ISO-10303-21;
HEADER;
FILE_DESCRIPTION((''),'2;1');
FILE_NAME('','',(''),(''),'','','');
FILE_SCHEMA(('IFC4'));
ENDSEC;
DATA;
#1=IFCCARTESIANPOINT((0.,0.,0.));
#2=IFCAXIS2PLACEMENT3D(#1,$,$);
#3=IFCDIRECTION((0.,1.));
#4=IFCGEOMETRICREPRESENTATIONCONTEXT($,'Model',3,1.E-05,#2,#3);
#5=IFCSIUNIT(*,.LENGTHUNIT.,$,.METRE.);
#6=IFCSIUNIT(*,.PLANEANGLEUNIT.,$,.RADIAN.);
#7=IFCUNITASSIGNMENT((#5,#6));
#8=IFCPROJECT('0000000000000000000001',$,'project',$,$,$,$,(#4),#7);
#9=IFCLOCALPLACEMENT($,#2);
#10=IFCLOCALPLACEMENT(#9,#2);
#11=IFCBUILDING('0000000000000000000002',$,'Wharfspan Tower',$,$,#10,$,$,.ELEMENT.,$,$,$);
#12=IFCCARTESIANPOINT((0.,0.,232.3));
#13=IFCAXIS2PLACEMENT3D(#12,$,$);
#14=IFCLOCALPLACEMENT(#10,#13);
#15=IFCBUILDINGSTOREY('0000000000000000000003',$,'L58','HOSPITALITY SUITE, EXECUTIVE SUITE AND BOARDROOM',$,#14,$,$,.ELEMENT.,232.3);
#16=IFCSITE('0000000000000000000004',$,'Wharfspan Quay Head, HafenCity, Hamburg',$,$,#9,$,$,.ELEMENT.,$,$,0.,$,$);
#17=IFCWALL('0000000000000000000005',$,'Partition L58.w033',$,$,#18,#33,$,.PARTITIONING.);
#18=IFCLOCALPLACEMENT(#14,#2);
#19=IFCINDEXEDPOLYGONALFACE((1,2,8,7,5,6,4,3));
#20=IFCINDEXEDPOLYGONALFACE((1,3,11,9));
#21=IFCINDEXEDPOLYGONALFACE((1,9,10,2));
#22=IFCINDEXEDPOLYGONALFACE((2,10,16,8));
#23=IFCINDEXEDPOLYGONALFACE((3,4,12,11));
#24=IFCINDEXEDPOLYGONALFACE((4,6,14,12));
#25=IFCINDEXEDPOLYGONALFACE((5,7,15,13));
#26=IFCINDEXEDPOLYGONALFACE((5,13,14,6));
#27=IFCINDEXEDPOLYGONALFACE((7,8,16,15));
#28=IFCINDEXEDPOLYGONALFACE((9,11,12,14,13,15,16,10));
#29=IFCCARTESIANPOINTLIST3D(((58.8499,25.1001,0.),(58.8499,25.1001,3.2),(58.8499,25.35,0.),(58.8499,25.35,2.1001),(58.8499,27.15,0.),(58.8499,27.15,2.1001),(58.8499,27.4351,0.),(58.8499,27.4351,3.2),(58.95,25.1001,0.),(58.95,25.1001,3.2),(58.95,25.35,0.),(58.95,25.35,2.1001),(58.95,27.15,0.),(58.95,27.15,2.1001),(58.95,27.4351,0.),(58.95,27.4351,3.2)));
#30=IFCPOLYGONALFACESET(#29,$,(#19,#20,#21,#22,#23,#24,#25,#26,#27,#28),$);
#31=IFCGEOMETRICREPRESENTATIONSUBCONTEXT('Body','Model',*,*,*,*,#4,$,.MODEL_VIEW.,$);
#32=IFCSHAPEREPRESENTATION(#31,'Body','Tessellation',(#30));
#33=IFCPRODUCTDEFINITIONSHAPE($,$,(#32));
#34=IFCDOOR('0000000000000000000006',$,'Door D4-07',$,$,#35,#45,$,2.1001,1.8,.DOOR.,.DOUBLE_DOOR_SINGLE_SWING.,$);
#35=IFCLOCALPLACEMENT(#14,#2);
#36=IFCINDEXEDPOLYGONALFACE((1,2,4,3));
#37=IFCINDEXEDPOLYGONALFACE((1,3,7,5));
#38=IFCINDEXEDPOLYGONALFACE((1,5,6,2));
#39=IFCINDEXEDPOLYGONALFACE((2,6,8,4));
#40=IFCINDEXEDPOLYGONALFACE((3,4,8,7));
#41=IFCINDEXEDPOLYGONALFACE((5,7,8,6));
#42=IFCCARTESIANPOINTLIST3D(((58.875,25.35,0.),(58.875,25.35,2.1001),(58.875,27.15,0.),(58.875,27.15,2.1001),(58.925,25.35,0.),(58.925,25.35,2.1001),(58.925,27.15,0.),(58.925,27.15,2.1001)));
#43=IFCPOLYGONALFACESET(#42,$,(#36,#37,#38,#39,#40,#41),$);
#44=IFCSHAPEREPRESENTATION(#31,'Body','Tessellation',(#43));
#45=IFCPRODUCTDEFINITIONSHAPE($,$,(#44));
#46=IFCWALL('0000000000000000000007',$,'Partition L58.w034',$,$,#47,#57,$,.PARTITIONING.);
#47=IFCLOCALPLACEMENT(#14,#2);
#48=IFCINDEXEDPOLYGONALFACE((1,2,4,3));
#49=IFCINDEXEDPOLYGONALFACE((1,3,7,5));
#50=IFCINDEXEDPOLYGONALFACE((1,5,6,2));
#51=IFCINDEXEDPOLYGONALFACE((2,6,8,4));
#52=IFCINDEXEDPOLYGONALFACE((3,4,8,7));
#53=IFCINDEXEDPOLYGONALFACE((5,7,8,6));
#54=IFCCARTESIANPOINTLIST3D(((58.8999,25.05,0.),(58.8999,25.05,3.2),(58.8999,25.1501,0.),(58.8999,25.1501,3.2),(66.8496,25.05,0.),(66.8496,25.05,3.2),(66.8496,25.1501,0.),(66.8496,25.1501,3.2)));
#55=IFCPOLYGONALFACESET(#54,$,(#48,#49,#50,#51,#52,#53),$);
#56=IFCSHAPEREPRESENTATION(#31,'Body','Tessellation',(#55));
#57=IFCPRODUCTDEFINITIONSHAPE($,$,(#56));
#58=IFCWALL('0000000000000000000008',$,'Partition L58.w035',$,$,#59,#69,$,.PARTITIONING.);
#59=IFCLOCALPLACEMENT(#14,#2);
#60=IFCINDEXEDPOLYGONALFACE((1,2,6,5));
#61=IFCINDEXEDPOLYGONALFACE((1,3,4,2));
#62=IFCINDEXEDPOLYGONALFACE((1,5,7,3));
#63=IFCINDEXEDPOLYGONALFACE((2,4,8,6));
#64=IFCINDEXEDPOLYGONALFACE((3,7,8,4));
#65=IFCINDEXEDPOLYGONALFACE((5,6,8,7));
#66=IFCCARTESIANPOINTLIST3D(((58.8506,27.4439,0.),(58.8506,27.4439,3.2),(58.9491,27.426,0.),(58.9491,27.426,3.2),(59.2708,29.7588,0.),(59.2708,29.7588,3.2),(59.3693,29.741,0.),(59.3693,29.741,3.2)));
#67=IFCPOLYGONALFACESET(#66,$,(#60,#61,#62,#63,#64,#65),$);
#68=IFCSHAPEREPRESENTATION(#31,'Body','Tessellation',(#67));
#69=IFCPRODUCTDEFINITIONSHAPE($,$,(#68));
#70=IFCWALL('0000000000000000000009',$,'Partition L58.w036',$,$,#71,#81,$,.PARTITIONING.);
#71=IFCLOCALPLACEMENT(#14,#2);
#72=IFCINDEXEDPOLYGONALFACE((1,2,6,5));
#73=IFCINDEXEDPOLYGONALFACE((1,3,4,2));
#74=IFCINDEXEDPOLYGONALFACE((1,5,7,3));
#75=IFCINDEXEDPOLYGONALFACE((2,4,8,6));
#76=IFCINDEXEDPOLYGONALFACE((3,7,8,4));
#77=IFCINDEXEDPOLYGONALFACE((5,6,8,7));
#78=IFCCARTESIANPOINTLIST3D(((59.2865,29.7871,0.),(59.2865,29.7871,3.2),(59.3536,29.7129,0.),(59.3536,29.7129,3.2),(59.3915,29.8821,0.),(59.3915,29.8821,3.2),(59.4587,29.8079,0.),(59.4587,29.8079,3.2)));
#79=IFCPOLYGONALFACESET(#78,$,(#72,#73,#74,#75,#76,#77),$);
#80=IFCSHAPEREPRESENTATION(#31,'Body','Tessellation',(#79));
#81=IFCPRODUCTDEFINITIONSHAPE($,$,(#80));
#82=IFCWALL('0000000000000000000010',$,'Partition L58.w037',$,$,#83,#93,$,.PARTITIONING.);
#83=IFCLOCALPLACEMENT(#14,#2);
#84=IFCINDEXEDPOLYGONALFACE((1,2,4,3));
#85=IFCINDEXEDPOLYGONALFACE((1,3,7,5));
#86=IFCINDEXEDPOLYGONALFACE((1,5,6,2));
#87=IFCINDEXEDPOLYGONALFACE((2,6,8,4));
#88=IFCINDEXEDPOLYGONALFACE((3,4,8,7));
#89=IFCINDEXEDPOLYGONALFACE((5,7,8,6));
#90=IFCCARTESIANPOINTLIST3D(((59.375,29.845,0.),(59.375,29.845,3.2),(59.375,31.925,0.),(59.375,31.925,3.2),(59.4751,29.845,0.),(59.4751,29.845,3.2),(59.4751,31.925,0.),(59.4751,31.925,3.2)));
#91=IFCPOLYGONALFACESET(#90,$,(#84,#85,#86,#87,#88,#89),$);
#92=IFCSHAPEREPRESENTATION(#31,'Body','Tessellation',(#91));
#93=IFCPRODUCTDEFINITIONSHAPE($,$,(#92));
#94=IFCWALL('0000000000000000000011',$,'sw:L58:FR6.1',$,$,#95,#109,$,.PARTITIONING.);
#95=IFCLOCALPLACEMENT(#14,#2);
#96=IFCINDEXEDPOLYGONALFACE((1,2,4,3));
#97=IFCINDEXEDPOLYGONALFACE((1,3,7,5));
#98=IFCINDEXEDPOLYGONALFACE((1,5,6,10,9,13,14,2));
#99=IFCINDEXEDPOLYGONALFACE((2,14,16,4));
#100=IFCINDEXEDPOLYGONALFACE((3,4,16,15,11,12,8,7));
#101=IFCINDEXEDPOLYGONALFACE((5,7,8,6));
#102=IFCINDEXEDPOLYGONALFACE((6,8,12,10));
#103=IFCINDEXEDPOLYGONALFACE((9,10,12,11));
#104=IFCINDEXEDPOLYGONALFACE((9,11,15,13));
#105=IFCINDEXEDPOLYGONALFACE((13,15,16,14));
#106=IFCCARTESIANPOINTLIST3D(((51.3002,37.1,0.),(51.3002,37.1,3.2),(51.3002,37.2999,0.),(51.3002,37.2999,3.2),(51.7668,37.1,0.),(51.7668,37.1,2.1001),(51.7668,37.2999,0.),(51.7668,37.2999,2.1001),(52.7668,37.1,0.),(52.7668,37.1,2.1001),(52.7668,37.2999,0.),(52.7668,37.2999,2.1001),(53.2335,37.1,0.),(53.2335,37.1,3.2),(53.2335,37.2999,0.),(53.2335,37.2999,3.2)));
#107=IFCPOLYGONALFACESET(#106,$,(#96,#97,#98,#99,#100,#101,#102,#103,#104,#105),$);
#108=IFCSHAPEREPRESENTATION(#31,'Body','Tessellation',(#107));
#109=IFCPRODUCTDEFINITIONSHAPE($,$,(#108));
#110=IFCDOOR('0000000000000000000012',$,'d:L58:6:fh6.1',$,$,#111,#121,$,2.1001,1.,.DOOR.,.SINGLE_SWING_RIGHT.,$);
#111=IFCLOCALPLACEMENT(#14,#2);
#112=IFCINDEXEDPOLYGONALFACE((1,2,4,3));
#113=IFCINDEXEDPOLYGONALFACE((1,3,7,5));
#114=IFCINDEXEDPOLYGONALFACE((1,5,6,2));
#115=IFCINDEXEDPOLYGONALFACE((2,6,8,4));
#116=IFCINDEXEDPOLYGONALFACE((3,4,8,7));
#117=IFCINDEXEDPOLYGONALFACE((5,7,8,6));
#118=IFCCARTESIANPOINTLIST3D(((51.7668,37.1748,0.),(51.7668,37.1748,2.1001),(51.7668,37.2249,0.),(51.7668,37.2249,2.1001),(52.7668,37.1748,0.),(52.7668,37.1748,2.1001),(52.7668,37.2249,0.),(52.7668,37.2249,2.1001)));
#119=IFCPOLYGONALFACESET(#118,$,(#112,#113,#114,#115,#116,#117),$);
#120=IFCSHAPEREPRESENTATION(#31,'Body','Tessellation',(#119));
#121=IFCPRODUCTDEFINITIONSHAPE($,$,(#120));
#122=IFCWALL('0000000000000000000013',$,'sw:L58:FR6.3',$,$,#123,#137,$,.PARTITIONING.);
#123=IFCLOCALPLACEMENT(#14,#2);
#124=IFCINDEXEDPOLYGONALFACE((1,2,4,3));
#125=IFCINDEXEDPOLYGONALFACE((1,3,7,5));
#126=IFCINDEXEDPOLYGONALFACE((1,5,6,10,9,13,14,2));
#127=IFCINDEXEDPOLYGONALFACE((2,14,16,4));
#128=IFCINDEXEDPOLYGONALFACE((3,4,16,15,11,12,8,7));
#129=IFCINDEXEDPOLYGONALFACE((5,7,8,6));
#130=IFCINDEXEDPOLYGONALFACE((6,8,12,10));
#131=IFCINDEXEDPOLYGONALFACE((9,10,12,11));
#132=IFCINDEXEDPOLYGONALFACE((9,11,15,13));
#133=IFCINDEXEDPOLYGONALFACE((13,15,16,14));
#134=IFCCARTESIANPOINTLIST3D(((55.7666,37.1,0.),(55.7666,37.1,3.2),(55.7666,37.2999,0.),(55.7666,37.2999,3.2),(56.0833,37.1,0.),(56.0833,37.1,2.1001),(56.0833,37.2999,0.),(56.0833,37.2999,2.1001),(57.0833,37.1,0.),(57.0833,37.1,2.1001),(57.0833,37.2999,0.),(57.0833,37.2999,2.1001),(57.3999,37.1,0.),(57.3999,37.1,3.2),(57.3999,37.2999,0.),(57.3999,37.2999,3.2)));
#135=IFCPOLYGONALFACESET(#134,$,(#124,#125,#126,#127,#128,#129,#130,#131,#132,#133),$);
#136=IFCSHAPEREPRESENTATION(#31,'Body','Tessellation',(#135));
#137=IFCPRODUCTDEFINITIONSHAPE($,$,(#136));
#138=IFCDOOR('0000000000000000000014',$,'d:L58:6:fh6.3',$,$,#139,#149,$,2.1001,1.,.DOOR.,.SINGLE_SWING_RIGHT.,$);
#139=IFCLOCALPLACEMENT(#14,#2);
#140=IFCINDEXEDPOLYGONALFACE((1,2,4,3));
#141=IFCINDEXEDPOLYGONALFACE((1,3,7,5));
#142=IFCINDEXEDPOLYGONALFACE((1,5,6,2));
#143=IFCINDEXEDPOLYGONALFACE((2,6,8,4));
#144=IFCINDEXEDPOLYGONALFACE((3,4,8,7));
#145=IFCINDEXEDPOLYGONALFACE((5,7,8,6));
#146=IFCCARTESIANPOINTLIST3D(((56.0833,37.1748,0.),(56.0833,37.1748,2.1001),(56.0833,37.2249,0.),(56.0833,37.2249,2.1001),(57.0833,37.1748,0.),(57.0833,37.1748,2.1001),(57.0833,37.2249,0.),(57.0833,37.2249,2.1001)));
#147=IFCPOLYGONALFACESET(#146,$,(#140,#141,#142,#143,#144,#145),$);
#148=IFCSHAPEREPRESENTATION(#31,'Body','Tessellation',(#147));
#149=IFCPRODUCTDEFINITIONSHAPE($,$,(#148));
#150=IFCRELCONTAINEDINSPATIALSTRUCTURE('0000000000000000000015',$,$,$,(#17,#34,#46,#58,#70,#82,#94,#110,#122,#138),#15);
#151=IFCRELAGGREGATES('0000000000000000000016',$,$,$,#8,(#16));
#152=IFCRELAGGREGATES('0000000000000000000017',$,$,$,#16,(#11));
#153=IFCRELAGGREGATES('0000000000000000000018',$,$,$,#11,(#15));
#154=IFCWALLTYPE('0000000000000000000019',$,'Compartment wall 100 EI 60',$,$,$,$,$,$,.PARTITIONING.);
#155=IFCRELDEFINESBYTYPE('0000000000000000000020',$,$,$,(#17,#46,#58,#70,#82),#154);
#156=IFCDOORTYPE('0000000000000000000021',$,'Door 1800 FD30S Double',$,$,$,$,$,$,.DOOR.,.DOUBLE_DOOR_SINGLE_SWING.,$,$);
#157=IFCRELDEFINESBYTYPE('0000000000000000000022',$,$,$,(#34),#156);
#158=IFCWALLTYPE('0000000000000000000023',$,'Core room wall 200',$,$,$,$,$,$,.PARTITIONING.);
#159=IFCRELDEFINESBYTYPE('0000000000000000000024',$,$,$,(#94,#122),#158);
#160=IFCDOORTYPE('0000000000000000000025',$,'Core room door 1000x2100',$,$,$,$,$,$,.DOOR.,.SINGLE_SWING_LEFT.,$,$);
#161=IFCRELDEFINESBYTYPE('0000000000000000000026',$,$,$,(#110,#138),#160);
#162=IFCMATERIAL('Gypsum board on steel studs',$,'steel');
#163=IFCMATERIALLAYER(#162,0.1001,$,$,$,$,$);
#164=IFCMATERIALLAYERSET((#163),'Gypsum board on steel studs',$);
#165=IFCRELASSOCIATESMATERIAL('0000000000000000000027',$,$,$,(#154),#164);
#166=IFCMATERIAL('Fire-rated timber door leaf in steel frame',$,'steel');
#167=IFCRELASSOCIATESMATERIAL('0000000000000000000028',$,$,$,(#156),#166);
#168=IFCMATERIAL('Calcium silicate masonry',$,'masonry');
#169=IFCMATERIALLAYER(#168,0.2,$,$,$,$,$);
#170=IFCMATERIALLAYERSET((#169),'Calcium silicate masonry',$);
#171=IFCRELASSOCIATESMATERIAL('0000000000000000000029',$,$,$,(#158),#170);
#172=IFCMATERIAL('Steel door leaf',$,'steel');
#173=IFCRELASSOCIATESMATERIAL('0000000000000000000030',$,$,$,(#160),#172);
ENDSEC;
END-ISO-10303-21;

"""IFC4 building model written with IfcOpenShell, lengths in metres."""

from ifc_helpers import new_model, si_unit, direction, frame, frame_2d, origin, place, context, subcontext, project, spatial, rectangle, extrude, material, layer, layer_set, type_object, element, fill, save


model = new_model("IFC4")

# Units and contexts
model_context = context("Model", 3, precision=1e-05, world=origin(), true_north=direction((0.0, 1.0)))
body_context = subcontext(model_context, "Body", "Model", "MODEL_VIEW")
ifc_project = project(units=[si_unit("LENGTHUNIT", "METRE"), si_unit("PLANEANGLEUNIT", "RADIAN")], contexts=[model_context])

# Site, building, storey
site_placement = place(None, origin())
site = spatial("IfcSite", under=ifc_project, at=site_placement, Name="Wharfspan Quay Head, HafenCity, Hamburg", CompositionType="ELEMENT", RefElevation=0.0)
building_placement = place(site_placement, origin())
building = spatial("IfcBuilding", under=site, at=building_placement, Name="Wharfspan Tower", CompositionType="ELEMENT")
storey_placement = place(building_placement, frame((0.0, 0.0, 232.3)))
storey = spatial("IfcBuildingStorey", under=building, at=storey_placement, Name="L58", Description="HOSPITALITY SUITE, EXECUTIVE SUITE AND BOARDROOM", CompositionType="ELEMENT", Elevation=232.3)

# Shared definitions
ifc_material_1 = material(Name="Gypsum board on steel studs", Category="steel")
ifc_layer_1 = layer(ifc_material_1, 0.1001)
ifc_layer_set_1 = layer_set([ifc_layer_1], Name="Gypsum board on steel studs")
wall_type_1 = type_object("IfcWallType", Name="Compartment wall 100 EI 60", PredefinedType="PARTITIONING", material=ifc_layer_set_1)
ifc_material_2 = material(Name="Fire-rated timber door leaf in steel frame", Category="steel")

# Wall, opening, door
wall_1_placement = place(storey_placement, frame((58.8999, 25.1001, 0.0), z_axis=(0.0, 0.0, 1.0), x_axis=(0.0, 1.0, 0.0)))
wall_1 = element("IfcWall", 1, at=wall_1_placement, inside=storey, type_object=wall_type_1, Name="Partition L58.w033", PredefinedType="PARTITIONING", context=body_context, shape_type="SweptSolid", body=[
    extrude(rectangle(XDim=2.335, YDim=0.1001, at=frame_2d((1.1675, 0.0))), origin(), (0.0, 0.0, 1.0), 3.2),
])
opening_1_placement = place(wall_1_placement, frame((0.25, 0.0, 0.0)))
opening_1 = element("IfcOpeningElement", 2, at=opening_1_placement, cuts=wall_1, PredefinedType="OPENING", context=body_context, shape_type="SweptSolid", body=[
    extrude(rectangle(XDim=1.8, YDim=2.1001, at=frame_2d((0.8999, 1.05))), frame((0.0, 0.0601, 0.0), z_axis=(0.0, -1.0, 0.0), x_axis=(1.0, 0.0, 0.0)), (0.0, 0.0, 1.0), 0.1201),
])
door_type_1 = type_object("IfcDoorType", Name="Door 1800 FD30S Double", OperationType="DOUBLE_DOOR_SINGLE_SWING", PredefinedType="DOOR", material=ifc_material_2)
door_1_placement = place(opening_1_placement, origin())
door_1 = element("IfcDoor", 3, at=door_1_placement, inside=storey, type_object=door_type_1, Name="Door D4-07", OperationType="DOUBLE_DOOR_SINGLE_SWING", OverallHeight=2.1001, OverallWidth=1.8, PredefinedType="DOOR", context=body_context, shape_type="SweptSolid", body=[
    extrude(rectangle(XDim=1.8, YDim=2.1001, at=frame_2d((0.8999, 1.05))), frame((0.0, 0.0249, 0.0), z_axis=(0.0, -1.0, 0.0), x_axis=(1.0, 0.0, 0.0)), (0.0, 0.0, 1.0), 0.05),
])
fill(opening_1, door_1)

# Walls
wall_2_placement = place(storey_placement, frame((58.8999, 25.1001, 0.0), z_axis=(0.0, 0.0, 1.0), x_axis=(1.0, 0.0, 0.0)))
element("IfcWall", 4, at=wall_2_placement, inside=storey, type_object=wall_type_1, Name="Partition L58.w034", PredefinedType="PARTITIONING", context=body_context, shape_type="SweptSolid", body=[
    extrude(rectangle(XDim=7.9497, YDim=0.1001, at=frame_2d((3.9749, 0.0))), origin(), (0.0, 0.0, 1.0), 3.2),
])
wall_3_placement = place(storey_placement, frame((58.8999, 27.4351, 0.0), z_axis=(0.0, 0.0, 1.0), x_axis=(0.178584, 0.983924, 0.0)))
element("IfcWall", 5, at=wall_3_placement, inside=storey, type_object=wall_type_1, Name="Partition L58.w035", PredefinedType="PARTITIONING", context=body_context, shape_type="SweptSolid", body=[
    extrude(rectangle(XDim=2.3528, YDim=0.1001, at=frame_2d((1.1763, 0.0))), origin(), (0.0, 0.0, 1.0), 3.2),
])
wall_4_placement = place(storey_placement, frame((59.3201, 29.75, 0.0), z_axis=(0.0, 0.0, 1.0), x_axis=(0.741581, 0.670872, 0.0)))
element("IfcWall", 6, at=wall_4_placement, inside=storey, type_object=wall_type_1, Name="Partition L58.w036", PredefinedType="PARTITIONING", context=body_context, shape_type="SweptSolid", body=[
    extrude(rectangle(XDim=0.1416, YDim=0.1001, at=frame_2d((0.0708, 0.0))), origin(), (0.0, 0.0, 1.0), 3.2),
])
wall_5_placement = place(storey_placement, frame((59.425, 29.845, 0.0), z_axis=(0.0, 0.0, 1.0), x_axis=(0.0, 1.0, 0.0)))
element("IfcWall", 7, at=wall_5_placement, inside=storey, type_object=wall_type_1, Name="Partition L58.w037", PredefinedType="PARTITIONING", context=body_context, shape_type="SweptSolid", body=[
    extrude(rectangle(XDim=2.0801, YDim=0.1001, at=frame_2d((1.04, 0.0))), origin(), (0.0, 0.0, 1.0), 3.2),
])

# Walls, openings, doors
ifc_material_3 = material(Name="Calcium silicate masonry", Category="masonry")
ifc_layer_2 = layer(ifc_material_3, 0.2)
ifc_layer_set_2 = layer_set([ifc_layer_2], Name="Calcium silicate masonry")
wall_type_2 = type_object("IfcWallType", Name="Core room wall 200", PredefinedType="PARTITIONING", material=ifc_layer_set_2)
wall_6_placement = place(storey_placement, frame((51.3, 37.2, 0.0), z_axis=(0.0, 0.0, 1.0), x_axis=(1.0, 0.0, 0.0)))
wall_6 = element("IfcWall", 8, at=wall_6_placement, inside=storey, type_object=wall_type_2, Name="sw:L58:FR6.1", PredefinedType="PARTITIONING", context=body_context, shape_type="SweptSolid", body=[
    extrude(rectangle(XDim=1.9333, YDim=0.2, at=frame_2d((0.9668, 0.0))), origin(), (0.0, 0.0, 1.0), 3.2),
])
opening_2_placement = place(wall_6_placement, frame((0.4668, 0.0, 0.0)))
opening_2 = element("IfcOpeningElement", 9, at=opening_2_placement, cuts=wall_6, PredefinedType="OPENING", context=body_context, shape_type="SweptSolid", body=[
    extrude(rectangle(XDim=1.0, YDim=2.1001, at=frame_2d((0.5, 1.05))), frame((0.0, 0.1099, 0.0), z_axis=(0.0, -1.0, 0.0), x_axis=(1.0, 0.0, 0.0)), (0.0, 0.0, 1.0), 0.22),
])
ifc_material_4 = material(Name="Steel door leaf", Category="steel")
door_type_2 = type_object("IfcDoorType", Name="Core room door 1000x2100", OperationType="SINGLE_SWING_LEFT", PredefinedType="DOOR", material=ifc_material_4)
door_2_placement = place(opening_2_placement, origin())
door_2 = element("IfcDoor", 10, at=door_2_placement, inside=storey, type_object=door_type_2, Name="d:L58:6:fh6.1", OperationType="SINGLE_SWING_RIGHT", OverallHeight=2.1001, OverallWidth=1.0, PredefinedType="DOOR", context=body_context, shape_type="SweptSolid", body=[
    extrude(rectangle(XDim=1.0, YDim=2.1001, at=frame_2d((0.5, 1.05))), frame((0.0, 0.0249, 0.0), z_axis=(0.0, -1.0, 0.0), x_axis=(1.0, 0.0, 0.0)), (0.0, 0.0, 1.0), 0.05),
])
fill(opening_2, door_2)
wall_7_placement = place(storey_placement, frame((55.7666, 37.2, 0.0), z_axis=(0.0, 0.0, 1.0), x_axis=(1.0, 0.0, 0.0)))
wall_7 = element("IfcWall", 11, at=wall_7_placement, inside=storey, type_object=wall_type_2, Name="sw:L58:FR6.3", PredefinedType="PARTITIONING", context=body_context, shape_type="SweptSolid", body=[
    extrude(rectangle(XDim=1.6333, YDim=0.2, at=frame_2d((0.8166, 0.0))), origin(), (0.0, 0.0, 1.0), 3.2),
])
opening_3_placement = place(wall_7_placement, frame((0.3166, 0.0, 0.0)))
opening_3 = element("IfcOpeningElement", 12, at=opening_3_placement, cuts=wall_7, PredefinedType="OPENING", context=body_context, shape_type="SweptSolid", body=[
    extrude(rectangle(XDim=1.0, YDim=2.1001, at=frame_2d((0.5, 1.05))), frame((0.0, 0.1099, 0.0), z_axis=(0.0, -1.0, 0.0), x_axis=(1.0, 0.0, 0.0)), (0.0, 0.0, 1.0), 0.22),
])
door_3_placement = place(opening_3_placement, origin())
door_3 = element("IfcDoor", 13, at=door_3_placement, inside=storey, type_object=door_type_2, Name="d:L58:6:fh6.3", OperationType="SINGLE_SWING_RIGHT", OverallHeight=2.1001, OverallWidth=1.0, PredefinedType="DOOR", context=body_context, shape_type="SweptSolid", body=[
    extrude(rectangle(XDim=1.0, YDim=2.1001, at=frame_2d((0.5, 1.05))), frame((0.0, 0.0249, 0.0), z_axis=(0.0, -1.0, 0.0), x_axis=(1.0, 0.0, 0.0)), (0.0, 0.0, 1.0), 0.05),
])
fill(opening_3, door_3)

save(model, "model.ifc")
